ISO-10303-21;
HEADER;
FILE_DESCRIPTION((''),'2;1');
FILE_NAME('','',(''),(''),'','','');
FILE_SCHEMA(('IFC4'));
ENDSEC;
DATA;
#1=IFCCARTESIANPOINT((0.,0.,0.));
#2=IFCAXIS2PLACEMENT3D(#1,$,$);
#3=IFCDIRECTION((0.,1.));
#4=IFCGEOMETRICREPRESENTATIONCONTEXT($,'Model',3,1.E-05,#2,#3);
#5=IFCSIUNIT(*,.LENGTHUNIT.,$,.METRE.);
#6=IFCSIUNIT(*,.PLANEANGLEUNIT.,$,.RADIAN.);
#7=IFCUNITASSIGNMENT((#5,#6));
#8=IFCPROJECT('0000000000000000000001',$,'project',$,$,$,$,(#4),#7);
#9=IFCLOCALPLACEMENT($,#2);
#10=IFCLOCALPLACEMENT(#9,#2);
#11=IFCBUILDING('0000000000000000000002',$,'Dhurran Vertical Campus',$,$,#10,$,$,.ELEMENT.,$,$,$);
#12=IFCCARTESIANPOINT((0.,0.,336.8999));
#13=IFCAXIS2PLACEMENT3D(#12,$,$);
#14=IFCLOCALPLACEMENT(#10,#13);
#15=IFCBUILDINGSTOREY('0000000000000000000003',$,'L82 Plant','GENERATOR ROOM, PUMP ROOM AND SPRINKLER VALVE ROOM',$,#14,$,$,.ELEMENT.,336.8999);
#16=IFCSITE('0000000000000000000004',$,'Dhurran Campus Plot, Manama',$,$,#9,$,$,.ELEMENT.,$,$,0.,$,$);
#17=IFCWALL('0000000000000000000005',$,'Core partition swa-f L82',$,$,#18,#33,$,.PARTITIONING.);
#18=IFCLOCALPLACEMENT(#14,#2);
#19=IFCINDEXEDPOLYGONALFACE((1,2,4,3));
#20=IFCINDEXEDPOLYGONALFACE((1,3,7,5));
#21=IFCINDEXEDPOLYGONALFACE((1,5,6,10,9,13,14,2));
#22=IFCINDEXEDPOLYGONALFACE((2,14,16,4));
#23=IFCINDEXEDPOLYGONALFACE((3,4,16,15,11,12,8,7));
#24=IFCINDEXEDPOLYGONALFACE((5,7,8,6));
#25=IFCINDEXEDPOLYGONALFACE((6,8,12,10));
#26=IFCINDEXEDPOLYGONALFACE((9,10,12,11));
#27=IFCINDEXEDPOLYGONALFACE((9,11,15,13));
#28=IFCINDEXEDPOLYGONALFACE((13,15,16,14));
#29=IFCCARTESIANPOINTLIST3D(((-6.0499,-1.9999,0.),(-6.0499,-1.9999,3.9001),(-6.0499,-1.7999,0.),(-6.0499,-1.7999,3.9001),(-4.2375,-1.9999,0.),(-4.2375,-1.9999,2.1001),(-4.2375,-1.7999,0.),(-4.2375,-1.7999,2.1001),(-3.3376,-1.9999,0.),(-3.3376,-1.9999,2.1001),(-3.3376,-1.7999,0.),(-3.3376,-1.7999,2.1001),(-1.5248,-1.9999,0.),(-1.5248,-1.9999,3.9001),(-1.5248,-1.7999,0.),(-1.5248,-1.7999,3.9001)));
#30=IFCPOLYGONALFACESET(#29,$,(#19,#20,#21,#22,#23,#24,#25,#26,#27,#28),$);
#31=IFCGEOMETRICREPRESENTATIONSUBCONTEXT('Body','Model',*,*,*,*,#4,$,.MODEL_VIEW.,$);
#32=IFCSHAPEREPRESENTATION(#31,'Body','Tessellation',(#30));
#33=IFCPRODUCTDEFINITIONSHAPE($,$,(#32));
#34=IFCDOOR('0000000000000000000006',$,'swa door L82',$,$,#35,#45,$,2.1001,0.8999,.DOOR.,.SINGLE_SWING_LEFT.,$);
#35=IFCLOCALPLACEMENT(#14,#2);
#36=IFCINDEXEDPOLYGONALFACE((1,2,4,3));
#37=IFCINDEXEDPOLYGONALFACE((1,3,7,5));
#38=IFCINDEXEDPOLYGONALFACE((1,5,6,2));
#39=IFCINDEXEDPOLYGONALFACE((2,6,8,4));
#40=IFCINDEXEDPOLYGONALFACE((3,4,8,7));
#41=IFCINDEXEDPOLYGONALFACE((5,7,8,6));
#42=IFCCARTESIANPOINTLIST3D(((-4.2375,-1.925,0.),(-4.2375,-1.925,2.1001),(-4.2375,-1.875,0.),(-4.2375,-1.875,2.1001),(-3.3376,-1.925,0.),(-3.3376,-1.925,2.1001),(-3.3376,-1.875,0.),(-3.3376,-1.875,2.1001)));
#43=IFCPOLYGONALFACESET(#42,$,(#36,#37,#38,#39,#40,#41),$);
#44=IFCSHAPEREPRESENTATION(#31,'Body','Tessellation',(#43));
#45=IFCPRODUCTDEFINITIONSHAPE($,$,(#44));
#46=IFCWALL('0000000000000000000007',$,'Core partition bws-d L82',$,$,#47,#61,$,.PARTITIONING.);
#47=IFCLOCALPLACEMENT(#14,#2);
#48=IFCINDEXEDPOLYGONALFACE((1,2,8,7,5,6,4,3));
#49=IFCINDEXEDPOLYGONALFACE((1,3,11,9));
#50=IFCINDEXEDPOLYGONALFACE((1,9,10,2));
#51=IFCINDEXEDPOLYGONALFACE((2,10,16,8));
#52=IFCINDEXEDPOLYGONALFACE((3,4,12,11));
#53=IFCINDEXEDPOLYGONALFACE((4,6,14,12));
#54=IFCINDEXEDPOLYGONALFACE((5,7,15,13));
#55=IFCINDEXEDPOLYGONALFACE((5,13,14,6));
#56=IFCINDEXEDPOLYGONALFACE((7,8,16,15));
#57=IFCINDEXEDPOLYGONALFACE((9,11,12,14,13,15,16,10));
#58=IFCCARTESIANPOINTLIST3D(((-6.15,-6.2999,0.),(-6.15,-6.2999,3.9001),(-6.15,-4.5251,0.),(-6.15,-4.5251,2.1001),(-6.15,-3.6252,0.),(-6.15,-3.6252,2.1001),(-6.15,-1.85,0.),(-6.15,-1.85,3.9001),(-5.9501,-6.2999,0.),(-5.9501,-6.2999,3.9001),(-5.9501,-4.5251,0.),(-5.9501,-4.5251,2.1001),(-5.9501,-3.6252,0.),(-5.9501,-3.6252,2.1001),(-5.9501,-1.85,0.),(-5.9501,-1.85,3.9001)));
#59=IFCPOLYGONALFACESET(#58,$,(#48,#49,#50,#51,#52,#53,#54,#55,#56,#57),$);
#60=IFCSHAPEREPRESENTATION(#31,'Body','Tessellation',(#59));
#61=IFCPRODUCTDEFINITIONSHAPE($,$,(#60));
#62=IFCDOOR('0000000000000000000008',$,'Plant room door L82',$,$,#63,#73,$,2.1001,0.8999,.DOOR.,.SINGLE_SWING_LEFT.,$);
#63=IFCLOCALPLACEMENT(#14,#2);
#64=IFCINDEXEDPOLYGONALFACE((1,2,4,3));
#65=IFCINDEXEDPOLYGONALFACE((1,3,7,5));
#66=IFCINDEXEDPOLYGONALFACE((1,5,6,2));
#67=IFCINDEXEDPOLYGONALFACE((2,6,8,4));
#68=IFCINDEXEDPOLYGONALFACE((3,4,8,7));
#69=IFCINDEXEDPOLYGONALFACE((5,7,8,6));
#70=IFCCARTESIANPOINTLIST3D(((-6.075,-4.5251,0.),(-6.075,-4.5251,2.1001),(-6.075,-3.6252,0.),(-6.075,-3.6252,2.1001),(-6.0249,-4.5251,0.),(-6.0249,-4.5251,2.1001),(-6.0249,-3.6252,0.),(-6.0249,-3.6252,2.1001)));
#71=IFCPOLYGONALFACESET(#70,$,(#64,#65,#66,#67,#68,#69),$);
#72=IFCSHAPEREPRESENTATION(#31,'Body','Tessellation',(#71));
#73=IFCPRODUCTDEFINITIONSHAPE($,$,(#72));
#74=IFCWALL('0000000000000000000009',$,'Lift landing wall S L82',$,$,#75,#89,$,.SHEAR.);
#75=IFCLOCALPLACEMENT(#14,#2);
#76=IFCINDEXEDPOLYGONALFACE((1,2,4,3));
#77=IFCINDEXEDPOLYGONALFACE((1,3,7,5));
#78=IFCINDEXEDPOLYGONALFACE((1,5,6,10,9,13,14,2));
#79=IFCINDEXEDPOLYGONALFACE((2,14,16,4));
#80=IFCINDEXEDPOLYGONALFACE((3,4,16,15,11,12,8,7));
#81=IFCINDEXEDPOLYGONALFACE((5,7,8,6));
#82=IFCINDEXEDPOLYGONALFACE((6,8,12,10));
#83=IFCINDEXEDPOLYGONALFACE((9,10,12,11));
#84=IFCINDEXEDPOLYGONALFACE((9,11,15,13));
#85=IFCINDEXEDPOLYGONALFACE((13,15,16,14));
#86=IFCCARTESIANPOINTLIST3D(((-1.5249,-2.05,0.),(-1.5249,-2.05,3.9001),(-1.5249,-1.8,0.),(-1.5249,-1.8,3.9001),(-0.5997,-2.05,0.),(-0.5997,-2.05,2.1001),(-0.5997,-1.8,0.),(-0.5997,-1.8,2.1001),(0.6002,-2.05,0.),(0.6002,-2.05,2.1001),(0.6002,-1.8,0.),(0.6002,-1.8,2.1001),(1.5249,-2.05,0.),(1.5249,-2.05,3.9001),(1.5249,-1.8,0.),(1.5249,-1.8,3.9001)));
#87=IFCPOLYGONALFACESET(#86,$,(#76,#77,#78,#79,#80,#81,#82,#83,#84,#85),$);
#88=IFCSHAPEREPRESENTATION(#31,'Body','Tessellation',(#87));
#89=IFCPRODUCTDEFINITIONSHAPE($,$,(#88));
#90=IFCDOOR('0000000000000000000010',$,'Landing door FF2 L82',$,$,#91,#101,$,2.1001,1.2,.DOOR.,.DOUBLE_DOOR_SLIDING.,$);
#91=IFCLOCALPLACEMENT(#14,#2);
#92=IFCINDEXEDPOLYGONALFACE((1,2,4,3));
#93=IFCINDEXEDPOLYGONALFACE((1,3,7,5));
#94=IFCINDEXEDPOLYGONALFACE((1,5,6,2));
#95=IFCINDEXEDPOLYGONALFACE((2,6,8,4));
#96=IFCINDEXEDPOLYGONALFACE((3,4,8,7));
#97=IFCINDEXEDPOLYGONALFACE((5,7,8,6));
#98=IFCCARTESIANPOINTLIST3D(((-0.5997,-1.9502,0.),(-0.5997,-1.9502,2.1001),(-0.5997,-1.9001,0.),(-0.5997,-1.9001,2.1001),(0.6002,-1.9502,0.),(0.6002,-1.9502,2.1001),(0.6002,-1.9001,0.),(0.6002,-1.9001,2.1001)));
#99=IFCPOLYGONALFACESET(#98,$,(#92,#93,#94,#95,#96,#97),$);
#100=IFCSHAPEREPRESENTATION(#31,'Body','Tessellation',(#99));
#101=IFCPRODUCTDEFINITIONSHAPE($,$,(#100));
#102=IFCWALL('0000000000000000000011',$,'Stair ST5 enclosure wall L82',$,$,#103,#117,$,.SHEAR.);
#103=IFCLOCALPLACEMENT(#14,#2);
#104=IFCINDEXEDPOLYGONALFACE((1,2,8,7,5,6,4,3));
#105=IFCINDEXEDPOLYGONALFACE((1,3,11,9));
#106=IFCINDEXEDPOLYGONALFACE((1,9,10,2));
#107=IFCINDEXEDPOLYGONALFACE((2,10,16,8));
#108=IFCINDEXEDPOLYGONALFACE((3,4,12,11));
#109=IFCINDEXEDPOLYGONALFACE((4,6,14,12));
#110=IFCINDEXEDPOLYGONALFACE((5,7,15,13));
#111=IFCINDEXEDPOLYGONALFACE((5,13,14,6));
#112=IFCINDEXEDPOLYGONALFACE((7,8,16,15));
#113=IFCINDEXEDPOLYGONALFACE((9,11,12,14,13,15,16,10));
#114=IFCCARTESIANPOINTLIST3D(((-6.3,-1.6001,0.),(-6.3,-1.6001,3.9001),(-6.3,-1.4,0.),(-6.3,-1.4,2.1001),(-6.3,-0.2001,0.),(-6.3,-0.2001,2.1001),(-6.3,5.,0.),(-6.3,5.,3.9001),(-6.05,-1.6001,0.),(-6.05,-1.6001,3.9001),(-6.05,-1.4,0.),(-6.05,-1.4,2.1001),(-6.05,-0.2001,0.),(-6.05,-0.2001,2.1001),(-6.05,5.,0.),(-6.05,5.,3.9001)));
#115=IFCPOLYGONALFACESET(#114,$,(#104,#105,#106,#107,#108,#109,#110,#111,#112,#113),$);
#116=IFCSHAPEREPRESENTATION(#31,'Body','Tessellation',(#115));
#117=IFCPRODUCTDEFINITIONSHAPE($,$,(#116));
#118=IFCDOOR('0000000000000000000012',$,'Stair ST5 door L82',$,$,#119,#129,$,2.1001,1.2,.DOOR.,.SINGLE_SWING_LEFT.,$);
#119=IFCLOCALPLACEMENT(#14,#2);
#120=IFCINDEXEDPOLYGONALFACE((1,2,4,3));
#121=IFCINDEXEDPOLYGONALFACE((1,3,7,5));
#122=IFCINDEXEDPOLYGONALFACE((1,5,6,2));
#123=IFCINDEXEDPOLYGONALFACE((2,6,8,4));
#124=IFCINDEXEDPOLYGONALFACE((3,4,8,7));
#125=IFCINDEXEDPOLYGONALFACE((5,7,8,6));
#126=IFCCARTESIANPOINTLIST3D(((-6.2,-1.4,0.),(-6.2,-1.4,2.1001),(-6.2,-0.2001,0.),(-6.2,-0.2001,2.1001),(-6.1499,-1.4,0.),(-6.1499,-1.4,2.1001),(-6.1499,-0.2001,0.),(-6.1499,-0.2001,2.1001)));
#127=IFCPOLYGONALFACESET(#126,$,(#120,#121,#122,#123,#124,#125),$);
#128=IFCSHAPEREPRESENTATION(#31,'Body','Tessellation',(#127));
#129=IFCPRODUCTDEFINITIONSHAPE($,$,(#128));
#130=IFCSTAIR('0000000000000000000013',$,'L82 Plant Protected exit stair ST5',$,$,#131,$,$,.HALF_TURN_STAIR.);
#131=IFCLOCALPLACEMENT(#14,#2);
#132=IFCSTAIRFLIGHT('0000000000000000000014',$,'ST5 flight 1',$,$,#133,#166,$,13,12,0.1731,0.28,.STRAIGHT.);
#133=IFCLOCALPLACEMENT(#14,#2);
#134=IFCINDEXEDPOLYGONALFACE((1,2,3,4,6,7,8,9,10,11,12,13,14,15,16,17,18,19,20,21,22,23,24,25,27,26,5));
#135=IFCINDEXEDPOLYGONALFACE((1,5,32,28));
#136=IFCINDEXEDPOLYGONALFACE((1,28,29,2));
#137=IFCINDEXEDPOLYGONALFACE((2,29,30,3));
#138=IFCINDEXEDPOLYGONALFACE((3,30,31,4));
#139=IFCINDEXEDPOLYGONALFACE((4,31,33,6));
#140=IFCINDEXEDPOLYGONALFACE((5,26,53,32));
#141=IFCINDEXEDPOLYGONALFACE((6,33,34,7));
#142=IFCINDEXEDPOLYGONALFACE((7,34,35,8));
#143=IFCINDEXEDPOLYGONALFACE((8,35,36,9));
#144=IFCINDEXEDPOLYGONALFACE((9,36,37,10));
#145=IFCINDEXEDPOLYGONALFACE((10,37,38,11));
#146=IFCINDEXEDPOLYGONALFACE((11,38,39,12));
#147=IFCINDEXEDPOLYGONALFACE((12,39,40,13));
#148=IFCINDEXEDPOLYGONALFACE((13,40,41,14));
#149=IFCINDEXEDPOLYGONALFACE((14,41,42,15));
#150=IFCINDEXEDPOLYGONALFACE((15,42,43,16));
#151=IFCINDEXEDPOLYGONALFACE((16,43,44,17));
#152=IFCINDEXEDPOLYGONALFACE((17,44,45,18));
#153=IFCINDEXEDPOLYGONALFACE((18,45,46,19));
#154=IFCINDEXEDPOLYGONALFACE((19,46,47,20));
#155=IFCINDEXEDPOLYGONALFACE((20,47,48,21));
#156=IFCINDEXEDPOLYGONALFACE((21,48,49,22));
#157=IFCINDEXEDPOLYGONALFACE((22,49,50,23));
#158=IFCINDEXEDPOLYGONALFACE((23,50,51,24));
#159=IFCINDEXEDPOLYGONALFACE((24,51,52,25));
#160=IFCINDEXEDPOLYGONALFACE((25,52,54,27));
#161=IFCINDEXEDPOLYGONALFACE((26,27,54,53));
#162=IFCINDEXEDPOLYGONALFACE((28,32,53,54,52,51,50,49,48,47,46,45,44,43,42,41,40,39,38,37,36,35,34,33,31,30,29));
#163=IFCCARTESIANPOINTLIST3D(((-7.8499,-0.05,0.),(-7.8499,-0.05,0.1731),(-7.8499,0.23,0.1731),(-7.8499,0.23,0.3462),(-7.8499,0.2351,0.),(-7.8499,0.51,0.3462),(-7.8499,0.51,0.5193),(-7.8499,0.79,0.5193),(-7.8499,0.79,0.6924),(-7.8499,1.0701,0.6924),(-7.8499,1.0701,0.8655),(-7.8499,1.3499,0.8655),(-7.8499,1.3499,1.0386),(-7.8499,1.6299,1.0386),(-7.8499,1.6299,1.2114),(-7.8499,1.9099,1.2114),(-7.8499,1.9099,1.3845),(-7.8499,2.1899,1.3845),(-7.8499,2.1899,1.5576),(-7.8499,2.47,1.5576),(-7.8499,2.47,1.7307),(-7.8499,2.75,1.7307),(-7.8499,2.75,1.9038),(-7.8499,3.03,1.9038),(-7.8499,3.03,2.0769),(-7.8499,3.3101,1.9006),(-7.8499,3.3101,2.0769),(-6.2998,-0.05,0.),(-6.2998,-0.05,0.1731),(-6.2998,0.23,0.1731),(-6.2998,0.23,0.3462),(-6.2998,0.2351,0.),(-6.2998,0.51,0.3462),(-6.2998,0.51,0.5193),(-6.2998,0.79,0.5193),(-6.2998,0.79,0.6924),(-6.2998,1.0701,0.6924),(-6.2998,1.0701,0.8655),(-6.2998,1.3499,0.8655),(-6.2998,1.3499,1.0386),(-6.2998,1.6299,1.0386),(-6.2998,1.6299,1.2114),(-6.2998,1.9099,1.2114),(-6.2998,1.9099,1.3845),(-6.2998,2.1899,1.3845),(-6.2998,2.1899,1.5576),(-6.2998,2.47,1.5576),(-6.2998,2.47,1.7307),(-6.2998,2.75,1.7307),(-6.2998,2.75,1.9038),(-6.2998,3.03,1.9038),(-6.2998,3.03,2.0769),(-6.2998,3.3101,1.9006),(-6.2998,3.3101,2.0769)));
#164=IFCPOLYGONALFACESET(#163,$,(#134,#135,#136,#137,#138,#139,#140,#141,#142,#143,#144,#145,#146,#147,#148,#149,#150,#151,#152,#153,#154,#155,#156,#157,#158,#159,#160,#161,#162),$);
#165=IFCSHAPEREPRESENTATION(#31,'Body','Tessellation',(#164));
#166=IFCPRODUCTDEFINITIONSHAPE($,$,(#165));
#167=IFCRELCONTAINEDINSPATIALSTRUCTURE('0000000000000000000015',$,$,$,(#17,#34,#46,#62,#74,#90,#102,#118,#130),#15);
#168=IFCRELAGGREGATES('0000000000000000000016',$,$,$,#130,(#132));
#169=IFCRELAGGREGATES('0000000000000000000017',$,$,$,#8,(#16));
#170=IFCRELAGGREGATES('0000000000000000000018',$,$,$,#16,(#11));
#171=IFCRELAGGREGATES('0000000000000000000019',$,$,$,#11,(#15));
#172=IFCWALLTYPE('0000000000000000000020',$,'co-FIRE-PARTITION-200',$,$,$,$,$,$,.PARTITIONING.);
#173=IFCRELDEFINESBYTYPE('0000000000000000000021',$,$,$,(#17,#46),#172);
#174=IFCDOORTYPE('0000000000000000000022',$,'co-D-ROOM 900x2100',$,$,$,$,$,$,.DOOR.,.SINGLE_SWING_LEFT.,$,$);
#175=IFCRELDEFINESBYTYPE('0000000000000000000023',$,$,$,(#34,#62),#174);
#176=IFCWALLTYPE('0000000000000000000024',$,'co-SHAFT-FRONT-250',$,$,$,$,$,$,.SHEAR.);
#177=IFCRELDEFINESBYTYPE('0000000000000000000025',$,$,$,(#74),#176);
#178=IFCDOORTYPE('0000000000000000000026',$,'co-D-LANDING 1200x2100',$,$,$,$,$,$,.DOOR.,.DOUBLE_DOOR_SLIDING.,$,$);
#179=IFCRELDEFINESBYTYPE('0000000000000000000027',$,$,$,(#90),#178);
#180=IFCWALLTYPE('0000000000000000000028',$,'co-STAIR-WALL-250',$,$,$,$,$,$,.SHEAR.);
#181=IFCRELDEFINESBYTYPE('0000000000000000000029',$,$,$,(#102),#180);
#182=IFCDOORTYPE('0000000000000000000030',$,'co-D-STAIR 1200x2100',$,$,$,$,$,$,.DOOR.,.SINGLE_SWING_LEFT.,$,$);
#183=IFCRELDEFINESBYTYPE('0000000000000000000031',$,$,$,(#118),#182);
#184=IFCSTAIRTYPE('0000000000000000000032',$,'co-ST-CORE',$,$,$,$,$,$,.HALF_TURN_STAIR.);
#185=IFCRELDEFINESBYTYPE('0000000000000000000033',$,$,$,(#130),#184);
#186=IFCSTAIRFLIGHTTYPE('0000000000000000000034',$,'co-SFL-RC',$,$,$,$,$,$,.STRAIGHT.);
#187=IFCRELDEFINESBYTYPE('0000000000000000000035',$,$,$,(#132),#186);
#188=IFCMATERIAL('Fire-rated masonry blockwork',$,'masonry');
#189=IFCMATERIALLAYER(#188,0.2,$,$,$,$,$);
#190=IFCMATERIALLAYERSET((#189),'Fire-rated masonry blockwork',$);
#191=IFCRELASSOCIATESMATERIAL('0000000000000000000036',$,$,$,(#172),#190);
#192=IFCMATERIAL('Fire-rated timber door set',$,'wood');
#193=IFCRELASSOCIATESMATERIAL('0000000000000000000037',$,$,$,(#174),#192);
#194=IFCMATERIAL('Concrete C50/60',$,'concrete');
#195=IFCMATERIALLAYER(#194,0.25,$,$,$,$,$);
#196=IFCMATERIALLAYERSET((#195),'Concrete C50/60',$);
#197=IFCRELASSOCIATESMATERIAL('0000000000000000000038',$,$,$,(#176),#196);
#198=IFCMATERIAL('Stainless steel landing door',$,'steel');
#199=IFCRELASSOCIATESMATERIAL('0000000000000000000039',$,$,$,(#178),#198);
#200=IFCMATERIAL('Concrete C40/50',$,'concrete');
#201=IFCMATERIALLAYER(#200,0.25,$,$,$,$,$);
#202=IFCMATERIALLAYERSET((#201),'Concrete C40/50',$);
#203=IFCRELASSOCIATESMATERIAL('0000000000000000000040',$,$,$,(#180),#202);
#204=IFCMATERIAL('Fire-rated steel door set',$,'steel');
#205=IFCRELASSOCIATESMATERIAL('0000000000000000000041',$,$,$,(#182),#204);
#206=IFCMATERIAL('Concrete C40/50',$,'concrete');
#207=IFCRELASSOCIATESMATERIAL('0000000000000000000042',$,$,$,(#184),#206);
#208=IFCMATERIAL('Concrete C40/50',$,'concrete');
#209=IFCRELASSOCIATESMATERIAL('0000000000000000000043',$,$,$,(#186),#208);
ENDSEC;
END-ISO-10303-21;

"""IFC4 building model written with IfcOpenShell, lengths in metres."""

from ifc_helpers import new_model, si_unit, direction, frame, frame_2d, origin, place, context, subcontext, project, spatial, polyline, rectangle, outline, extrude, material, layer, layer_set, type_object, element, fill, aggregate, save


model = new_model("IFC4")

# Units and contexts
model_context = context("Model", 3, precision=1e-05, world=origin(), true_north=direction((0.0, 1.0)))
body_context = subcontext(model_context, "Body", "Model", "MODEL_VIEW")
ifc_project = project(units=[si_unit("LENGTHUNIT", "METRE"), si_unit("PLANEANGLEUNIT", "RADIAN")], contexts=[model_context])

# Site, building, storey
site_placement = place(None, origin())
site = spatial("IfcSite", under=ifc_project, at=site_placement, Name="Dhurran Campus Plot, Manama", CompositionType="ELEMENT", RefElevation=0.0)
building_placement = place(site_placement, origin())
building = spatial("IfcBuilding", under=site, at=building_placement, Name="Dhurran Vertical Campus", CompositionType="ELEMENT")
storey_placement = place(building_placement, frame((0.0, 0.0, 336.8999)))
storey = spatial("IfcBuildingStorey", under=building, at=storey_placement, Name="L82 Plant", Description="GENERATOR ROOM, PUMP ROOM AND SPRINKLER VALVE ROOM", CompositionType="ELEMENT", Elevation=336.8999)

# Walls, openings, doors
ifc_material_1 = material(Name="Fire-rated masonry blockwork", Category="masonry")
ifc_layer_1 = layer(ifc_material_1, 0.2)
ifc_layer_set_1 = layer_set([ifc_layer_1], Name="Fire-rated masonry blockwork")
wall_type_1 = type_object("IfcWallType", Name="co-FIRE-PARTITION-200", PredefinedType="PARTITIONING", material=ifc_layer_set_1)
wall_1_placement = place(storey_placement, frame((-6.05, -1.8999, 0.0), z_axis=(0.0, 0.0, 1.0), x_axis=(1.0, 0.0, 0.0)))
wall_1 = element("IfcWall", 1, at=wall_1_placement, inside=storey, type_object=wall_type_1, Name="Core partition swa-f L82", PredefinedType="PARTITIONING", context=body_context, shape_type="SweptSolid", body=[
    extrude(rectangle(XDim=4.5251, YDim=0.2, at=frame_2d((2.2627, 0.0))), origin(), (0.0, 0.0, 1.0), 3.9001),
])
opening_1_placement = place(wall_1_placement, frame((1.8125, 0.0, 0.0)))
opening_1 = element("IfcOpeningElement", 2, at=opening_1_placement, cuts=wall_1, PredefinedType="OPENING", context=body_context, shape_type="SweptSolid", body=[
    extrude(rectangle(XDim=0.8999, YDim=2.1001, at=frame_2d((0.45, 1.05))), frame((0.0, 0.1099, 0.0), z_axis=(0.0, -1.0, 0.0), x_axis=(1.0, 0.0, 0.0)), (0.0, 0.0, 1.0), 0.22),
])
ifc_material_2 = material(Name="Fire-rated timber door set", Category="wood")
door_type_1 = type_object("IfcDoorType", Name="co-D-ROOM 900x2100", OperationType="SINGLE_SWING_LEFT", PredefinedType="DOOR", material=ifc_material_2)
door_1_placement = place(opening_1_placement, origin())
door_1 = element("IfcDoor", 3, at=door_1_placement, inside=storey, type_object=door_type_1, Name="swa door L82", OperationType="SINGLE_SWING_LEFT", OverallHeight=2.1001, OverallWidth=0.8999, PredefinedType="DOOR", context=body_context, shape_type="SweptSolid", body=[
    extrude(rectangle(XDim=0.8999, YDim=2.1001, at=frame_2d((0.45, 1.05))), frame((0.0, 0.0249, 0.0), z_axis=(0.0, -1.0, 0.0), x_axis=(1.0, 0.0, 0.0)), (0.0, 0.0, 1.0), 0.05),
])
fill(opening_1, door_1)
wall_2_placement = place(storey_placement, frame((-6.05, -6.3, 0.0), z_axis=(0.0, 0.0, 1.0), x_axis=(0.0, 1.0, 0.0)))
wall_2 = element("IfcWall", 4, at=wall_2_placement, inside=storey, type_object=wall_type_1, Name="Core partition bws-d L82", PredefinedType="PARTITIONING", context=body_context, shape_type="SweptSolid", body=[
    extrude(rectangle(XDim=4.45, YDim=0.2, at=frame_2d((2.2251, 0.0))), origin(), (0.0, 0.0, 1.0), 3.9001),
])
opening_2_placement = place(wall_2_placement, frame((1.7749, 0.0, 0.0)))
opening_2 = element("IfcOpeningElement", 5, at=opening_2_placement, cuts=wall_2, PredefinedType="OPENING", context=body_context, shape_type="SweptSolid", body=[
    extrude(rectangle(XDim=0.8999, YDim=2.1001, at=frame_2d((0.45, 1.05))), frame((0.0, 0.1099, 0.0), z_axis=(0.0, -1.0, 0.0), x_axis=(1.0, 0.0, 0.0)), (0.0, 0.0, 1.0), 0.22),
])
door_2_placement = place(opening_2_placement, origin())
door_2 = element("IfcDoor", 6, at=door_2_placement, inside=storey, type_object=door_type_1, Name="Plant room door L82", OperationType="SINGLE_SWING_LEFT", OverallHeight=2.1001, OverallWidth=0.8999, PredefinedType="DOOR", context=body_context, shape_type="SweptSolid", body=[
    extrude(rectangle(XDim=0.8999, YDim=2.1001, at=frame_2d((0.45, 1.05))), frame((0.0, 0.0249, 0.0), z_axis=(0.0, -1.0, 0.0), x_axis=(1.0, 0.0, 0.0)), (0.0, 0.0, 1.0), 0.05),
])
fill(opening_2, door_2)
ifc_material_3 = material(Name="Concrete C50/60", Category="concrete")
ifc_layer_2 = layer(ifc_material_3, 0.25)
ifc_layer_set_2 = layer_set([ifc_layer_2], Name="Concrete C50/60")
wall_type_2 = type_object("IfcWallType", Name="co-SHAFT-FRONT-250", PredefinedType="SHEAR", material=ifc_layer_set_2)
wall_3_placement = place(storey_placement, frame((-1.5249, -1.925, 0.0), z_axis=(0.0, 0.0, 1.0), x_axis=(1.0, 0.0, 0.0)))
wall_3 = element("IfcWall", 7, at=wall_3_placement, inside=storey, type_object=wall_type_2, Name="Lift landing wall S L82", PredefinedType="SHEAR", context=body_context, shape_type="SweptSolid", body=[
    extrude(rectangle(XDim=3.0498, YDim=0.25, at=frame_2d((1.5249, 0.0))), origin(), (0.0, 0.0, 1.0), 3.9001),
])
opening_3_placement = place(wall_3_placement, frame((0.925, 0.0, 0.0)))
opening_3 = element("IfcOpeningElement", 8, at=opening_3_placement, cuts=wall_3, PredefinedType="OPENING", context=body_context, shape_type="SweptSolid", body=[
    extrude(rectangle(XDim=1.2, YDim=2.1001, at=frame_2d((0.6001, 1.05))), frame((0.0, 0.135, 0.0), z_axis=(0.0, -1.0, 0.0), x_axis=(1.0, 0.0, 0.0)), (0.0, 0.0, 1.0), 0.27),
])
ifc_material_4 = material(Name="Stainless steel landing door", Category="steel")
door_type_2 = type_object("IfcDoorType", Name="co-D-LANDING 1200x2100", OperationType="DOUBLE_DOOR_SLIDING", PredefinedType="DOOR", material=ifc_material_4)
door_3_placement = place(opening_3_placement, origin())
door_3 = element("IfcDoor", 9, at=door_3_placement, inside=storey, type_object=door_type_2, Name="Landing door FF2 L82", OperationType="DOUBLE_DOOR_SLIDING", OverallHeight=2.1001, OverallWidth=1.2, PredefinedType="DOOR", context=body_context, shape_type="SweptSolid", body=[
    extrude(rectangle(XDim=1.2, YDim=2.1001, at=frame_2d((0.6001, 1.05))), frame((0.0, 0.0249, 0.0), z_axis=(0.0, -1.0, 0.0), x_axis=(1.0, 0.0, 0.0)), (0.0, 0.0, 1.0), 0.05),
])
fill(opening_3, door_3)
ifc_material_5 = material(Name="Concrete C40/50", Category="concrete")
ifc_layer_3 = layer(ifc_material_5, 0.25)
ifc_layer_set_3 = layer_set([ifc_layer_3], Name="Concrete C40/50")
wall_type_3 = type_object("IfcWallType", Name="co-STAIR-WALL-250", PredefinedType="SHEAR", material=ifc_layer_set_3)
wall_4_placement = place(storey_placement, frame((-6.175, -1.6001, 0.0), z_axis=(0.0, 0.0, 1.0), x_axis=(0.0, 1.0, 0.0)))
wall_4 = element("IfcWall", 10, at=wall_4_placement, inside=storey, type_object=wall_type_3, Name="Stair ST5 enclosure wall L82", PredefinedType="SHEAR", context=body_context, shape_type="SweptSolid", body=[
    extrude(rectangle(XDim=6.6001, YDim=0.25, at=frame_2d((3.3, 0.0))), origin(), (0.0, 0.0, 1.0), 3.9001),
])
opening_4_placement = place(wall_4_placement, frame((0.2, 0.0, 0.0)))
opening_4 = element("IfcOpeningElement", 11, at=opening_4_placement, cuts=wall_4, PredefinedType="OPENING", context=body_context, shape_type="SweptSolid", body=[
    extrude(rectangle(XDim=1.2, YDim=2.1001, at=frame_2d((0.6001, 1.05))), frame((0.0, 0.135, 0.0), z_axis=(0.0, -1.0, 0.0), x_axis=(1.0, 0.0, 0.0)), (0.0, 0.0, 1.0), 0.27),
])
ifc_material_6 = material(Name="Fire-rated steel door set", Category="steel")
door_type_3 = type_object("IfcDoorType", Name="co-D-STAIR 1200x2100", OperationType="SINGLE_SWING_LEFT", PredefinedType="DOOR", material=ifc_material_6)
door_4_placement = place(opening_4_placement, origin())
door_4 = element("IfcDoor", 12, at=door_4_placement, inside=storey, type_object=door_type_3, Name="Stair ST5 door L82", OperationType="SINGLE_SWING_LEFT", OverallHeight=2.1001, OverallWidth=1.2, PredefinedType="DOOR", context=body_context, shape_type="SweptSolid", body=[
    extrude(rectangle(XDim=1.2, YDim=2.1001, at=frame_2d((0.6001, 1.05))), frame((0.0, 0.0249, 0.0), z_axis=(0.0, -1.0, 0.0), x_axis=(1.0, 0.0, 0.0)), (0.0, 0.0, 1.0), 0.05),
])
fill(opening_4, door_4)

# Stair, stair flight
ifc_material_7 = material(Name="Concrete C40/50", Category="concrete")
stair_type = type_object("IfcStairType", Name="co-ST-CORE", PredefinedType="HALF_TURN_STAIR", material=ifc_material_7)
stair_placement = place(storey_placement, origin())
stair = element("IfcStair", 13, at=stair_placement, inside=storey, type_object=stair_type, Name="L82 Plant Protected exit stair ST5", PredefinedType="HALF_TURN_STAIR")
ifc_material_8 = material(Name="Concrete C40/50", Category="concrete")
stair_flight_type = type_object("IfcStairFlightType", Name="co-SFL-RC", PredefinedType="STRAIGHT", material=ifc_material_8)
stair_flight_placement = place(storey_placement, frame((-7.075, -0.05, 0.0), z_axis=(0.0, 0.0, 1.0), x_axis=(0.0, 1.0, 0.0)))
stair_flight = element("IfcStairFlight", 14, at=stair_flight_placement, type_object=stair_flight_type, Name="ST5 flight 1", NumberOfRisers=13, NumberOfTreads=12, PredefinedType="STRAIGHT", RiserHeight=0.1731, TreadLength=0.28, context=body_context, shape_type="SweptSolid", body=[
    extrude(outline(polyline([(0.0, 0.0), (0.0, 0.1731), (0.28, 0.1731), (0.28, 0.3462), (0.5601, 0.3462), (0.5601, 0.5193), (0.8401, 0.5193), (0.8401, 0.6924), (1.1201, 0.6924), (1.1201, 0.8655), (1.3999, 0.8655), (1.3999, 1.0386), (1.6799, 1.0386), (1.6799, 1.2114), (1.96, 1.2114), (1.96, 1.3845), (2.24, 1.3845), (2.24, 1.5576), (2.52, 1.5576), (2.52, 1.7307), (2.8, 1.7307), (2.8, 1.9038), (3.0801, 1.9038), (3.0801, 2.0769), (3.3601, 2.0769), (3.3601, 2.25), (3.3601, 1.9006), (0.2852, 0.0), (0.0, 0.0)])), frame((0.0, 0.7749, 0.0), z_axis=(0.0, -1.0, 0.0), x_axis=(1.0, 0.0, 0.0)), (0.0, 0.0, 1.0), 1.55),
])
aggregate(stair, [stair_flight])

save(model, "model.ifc")
